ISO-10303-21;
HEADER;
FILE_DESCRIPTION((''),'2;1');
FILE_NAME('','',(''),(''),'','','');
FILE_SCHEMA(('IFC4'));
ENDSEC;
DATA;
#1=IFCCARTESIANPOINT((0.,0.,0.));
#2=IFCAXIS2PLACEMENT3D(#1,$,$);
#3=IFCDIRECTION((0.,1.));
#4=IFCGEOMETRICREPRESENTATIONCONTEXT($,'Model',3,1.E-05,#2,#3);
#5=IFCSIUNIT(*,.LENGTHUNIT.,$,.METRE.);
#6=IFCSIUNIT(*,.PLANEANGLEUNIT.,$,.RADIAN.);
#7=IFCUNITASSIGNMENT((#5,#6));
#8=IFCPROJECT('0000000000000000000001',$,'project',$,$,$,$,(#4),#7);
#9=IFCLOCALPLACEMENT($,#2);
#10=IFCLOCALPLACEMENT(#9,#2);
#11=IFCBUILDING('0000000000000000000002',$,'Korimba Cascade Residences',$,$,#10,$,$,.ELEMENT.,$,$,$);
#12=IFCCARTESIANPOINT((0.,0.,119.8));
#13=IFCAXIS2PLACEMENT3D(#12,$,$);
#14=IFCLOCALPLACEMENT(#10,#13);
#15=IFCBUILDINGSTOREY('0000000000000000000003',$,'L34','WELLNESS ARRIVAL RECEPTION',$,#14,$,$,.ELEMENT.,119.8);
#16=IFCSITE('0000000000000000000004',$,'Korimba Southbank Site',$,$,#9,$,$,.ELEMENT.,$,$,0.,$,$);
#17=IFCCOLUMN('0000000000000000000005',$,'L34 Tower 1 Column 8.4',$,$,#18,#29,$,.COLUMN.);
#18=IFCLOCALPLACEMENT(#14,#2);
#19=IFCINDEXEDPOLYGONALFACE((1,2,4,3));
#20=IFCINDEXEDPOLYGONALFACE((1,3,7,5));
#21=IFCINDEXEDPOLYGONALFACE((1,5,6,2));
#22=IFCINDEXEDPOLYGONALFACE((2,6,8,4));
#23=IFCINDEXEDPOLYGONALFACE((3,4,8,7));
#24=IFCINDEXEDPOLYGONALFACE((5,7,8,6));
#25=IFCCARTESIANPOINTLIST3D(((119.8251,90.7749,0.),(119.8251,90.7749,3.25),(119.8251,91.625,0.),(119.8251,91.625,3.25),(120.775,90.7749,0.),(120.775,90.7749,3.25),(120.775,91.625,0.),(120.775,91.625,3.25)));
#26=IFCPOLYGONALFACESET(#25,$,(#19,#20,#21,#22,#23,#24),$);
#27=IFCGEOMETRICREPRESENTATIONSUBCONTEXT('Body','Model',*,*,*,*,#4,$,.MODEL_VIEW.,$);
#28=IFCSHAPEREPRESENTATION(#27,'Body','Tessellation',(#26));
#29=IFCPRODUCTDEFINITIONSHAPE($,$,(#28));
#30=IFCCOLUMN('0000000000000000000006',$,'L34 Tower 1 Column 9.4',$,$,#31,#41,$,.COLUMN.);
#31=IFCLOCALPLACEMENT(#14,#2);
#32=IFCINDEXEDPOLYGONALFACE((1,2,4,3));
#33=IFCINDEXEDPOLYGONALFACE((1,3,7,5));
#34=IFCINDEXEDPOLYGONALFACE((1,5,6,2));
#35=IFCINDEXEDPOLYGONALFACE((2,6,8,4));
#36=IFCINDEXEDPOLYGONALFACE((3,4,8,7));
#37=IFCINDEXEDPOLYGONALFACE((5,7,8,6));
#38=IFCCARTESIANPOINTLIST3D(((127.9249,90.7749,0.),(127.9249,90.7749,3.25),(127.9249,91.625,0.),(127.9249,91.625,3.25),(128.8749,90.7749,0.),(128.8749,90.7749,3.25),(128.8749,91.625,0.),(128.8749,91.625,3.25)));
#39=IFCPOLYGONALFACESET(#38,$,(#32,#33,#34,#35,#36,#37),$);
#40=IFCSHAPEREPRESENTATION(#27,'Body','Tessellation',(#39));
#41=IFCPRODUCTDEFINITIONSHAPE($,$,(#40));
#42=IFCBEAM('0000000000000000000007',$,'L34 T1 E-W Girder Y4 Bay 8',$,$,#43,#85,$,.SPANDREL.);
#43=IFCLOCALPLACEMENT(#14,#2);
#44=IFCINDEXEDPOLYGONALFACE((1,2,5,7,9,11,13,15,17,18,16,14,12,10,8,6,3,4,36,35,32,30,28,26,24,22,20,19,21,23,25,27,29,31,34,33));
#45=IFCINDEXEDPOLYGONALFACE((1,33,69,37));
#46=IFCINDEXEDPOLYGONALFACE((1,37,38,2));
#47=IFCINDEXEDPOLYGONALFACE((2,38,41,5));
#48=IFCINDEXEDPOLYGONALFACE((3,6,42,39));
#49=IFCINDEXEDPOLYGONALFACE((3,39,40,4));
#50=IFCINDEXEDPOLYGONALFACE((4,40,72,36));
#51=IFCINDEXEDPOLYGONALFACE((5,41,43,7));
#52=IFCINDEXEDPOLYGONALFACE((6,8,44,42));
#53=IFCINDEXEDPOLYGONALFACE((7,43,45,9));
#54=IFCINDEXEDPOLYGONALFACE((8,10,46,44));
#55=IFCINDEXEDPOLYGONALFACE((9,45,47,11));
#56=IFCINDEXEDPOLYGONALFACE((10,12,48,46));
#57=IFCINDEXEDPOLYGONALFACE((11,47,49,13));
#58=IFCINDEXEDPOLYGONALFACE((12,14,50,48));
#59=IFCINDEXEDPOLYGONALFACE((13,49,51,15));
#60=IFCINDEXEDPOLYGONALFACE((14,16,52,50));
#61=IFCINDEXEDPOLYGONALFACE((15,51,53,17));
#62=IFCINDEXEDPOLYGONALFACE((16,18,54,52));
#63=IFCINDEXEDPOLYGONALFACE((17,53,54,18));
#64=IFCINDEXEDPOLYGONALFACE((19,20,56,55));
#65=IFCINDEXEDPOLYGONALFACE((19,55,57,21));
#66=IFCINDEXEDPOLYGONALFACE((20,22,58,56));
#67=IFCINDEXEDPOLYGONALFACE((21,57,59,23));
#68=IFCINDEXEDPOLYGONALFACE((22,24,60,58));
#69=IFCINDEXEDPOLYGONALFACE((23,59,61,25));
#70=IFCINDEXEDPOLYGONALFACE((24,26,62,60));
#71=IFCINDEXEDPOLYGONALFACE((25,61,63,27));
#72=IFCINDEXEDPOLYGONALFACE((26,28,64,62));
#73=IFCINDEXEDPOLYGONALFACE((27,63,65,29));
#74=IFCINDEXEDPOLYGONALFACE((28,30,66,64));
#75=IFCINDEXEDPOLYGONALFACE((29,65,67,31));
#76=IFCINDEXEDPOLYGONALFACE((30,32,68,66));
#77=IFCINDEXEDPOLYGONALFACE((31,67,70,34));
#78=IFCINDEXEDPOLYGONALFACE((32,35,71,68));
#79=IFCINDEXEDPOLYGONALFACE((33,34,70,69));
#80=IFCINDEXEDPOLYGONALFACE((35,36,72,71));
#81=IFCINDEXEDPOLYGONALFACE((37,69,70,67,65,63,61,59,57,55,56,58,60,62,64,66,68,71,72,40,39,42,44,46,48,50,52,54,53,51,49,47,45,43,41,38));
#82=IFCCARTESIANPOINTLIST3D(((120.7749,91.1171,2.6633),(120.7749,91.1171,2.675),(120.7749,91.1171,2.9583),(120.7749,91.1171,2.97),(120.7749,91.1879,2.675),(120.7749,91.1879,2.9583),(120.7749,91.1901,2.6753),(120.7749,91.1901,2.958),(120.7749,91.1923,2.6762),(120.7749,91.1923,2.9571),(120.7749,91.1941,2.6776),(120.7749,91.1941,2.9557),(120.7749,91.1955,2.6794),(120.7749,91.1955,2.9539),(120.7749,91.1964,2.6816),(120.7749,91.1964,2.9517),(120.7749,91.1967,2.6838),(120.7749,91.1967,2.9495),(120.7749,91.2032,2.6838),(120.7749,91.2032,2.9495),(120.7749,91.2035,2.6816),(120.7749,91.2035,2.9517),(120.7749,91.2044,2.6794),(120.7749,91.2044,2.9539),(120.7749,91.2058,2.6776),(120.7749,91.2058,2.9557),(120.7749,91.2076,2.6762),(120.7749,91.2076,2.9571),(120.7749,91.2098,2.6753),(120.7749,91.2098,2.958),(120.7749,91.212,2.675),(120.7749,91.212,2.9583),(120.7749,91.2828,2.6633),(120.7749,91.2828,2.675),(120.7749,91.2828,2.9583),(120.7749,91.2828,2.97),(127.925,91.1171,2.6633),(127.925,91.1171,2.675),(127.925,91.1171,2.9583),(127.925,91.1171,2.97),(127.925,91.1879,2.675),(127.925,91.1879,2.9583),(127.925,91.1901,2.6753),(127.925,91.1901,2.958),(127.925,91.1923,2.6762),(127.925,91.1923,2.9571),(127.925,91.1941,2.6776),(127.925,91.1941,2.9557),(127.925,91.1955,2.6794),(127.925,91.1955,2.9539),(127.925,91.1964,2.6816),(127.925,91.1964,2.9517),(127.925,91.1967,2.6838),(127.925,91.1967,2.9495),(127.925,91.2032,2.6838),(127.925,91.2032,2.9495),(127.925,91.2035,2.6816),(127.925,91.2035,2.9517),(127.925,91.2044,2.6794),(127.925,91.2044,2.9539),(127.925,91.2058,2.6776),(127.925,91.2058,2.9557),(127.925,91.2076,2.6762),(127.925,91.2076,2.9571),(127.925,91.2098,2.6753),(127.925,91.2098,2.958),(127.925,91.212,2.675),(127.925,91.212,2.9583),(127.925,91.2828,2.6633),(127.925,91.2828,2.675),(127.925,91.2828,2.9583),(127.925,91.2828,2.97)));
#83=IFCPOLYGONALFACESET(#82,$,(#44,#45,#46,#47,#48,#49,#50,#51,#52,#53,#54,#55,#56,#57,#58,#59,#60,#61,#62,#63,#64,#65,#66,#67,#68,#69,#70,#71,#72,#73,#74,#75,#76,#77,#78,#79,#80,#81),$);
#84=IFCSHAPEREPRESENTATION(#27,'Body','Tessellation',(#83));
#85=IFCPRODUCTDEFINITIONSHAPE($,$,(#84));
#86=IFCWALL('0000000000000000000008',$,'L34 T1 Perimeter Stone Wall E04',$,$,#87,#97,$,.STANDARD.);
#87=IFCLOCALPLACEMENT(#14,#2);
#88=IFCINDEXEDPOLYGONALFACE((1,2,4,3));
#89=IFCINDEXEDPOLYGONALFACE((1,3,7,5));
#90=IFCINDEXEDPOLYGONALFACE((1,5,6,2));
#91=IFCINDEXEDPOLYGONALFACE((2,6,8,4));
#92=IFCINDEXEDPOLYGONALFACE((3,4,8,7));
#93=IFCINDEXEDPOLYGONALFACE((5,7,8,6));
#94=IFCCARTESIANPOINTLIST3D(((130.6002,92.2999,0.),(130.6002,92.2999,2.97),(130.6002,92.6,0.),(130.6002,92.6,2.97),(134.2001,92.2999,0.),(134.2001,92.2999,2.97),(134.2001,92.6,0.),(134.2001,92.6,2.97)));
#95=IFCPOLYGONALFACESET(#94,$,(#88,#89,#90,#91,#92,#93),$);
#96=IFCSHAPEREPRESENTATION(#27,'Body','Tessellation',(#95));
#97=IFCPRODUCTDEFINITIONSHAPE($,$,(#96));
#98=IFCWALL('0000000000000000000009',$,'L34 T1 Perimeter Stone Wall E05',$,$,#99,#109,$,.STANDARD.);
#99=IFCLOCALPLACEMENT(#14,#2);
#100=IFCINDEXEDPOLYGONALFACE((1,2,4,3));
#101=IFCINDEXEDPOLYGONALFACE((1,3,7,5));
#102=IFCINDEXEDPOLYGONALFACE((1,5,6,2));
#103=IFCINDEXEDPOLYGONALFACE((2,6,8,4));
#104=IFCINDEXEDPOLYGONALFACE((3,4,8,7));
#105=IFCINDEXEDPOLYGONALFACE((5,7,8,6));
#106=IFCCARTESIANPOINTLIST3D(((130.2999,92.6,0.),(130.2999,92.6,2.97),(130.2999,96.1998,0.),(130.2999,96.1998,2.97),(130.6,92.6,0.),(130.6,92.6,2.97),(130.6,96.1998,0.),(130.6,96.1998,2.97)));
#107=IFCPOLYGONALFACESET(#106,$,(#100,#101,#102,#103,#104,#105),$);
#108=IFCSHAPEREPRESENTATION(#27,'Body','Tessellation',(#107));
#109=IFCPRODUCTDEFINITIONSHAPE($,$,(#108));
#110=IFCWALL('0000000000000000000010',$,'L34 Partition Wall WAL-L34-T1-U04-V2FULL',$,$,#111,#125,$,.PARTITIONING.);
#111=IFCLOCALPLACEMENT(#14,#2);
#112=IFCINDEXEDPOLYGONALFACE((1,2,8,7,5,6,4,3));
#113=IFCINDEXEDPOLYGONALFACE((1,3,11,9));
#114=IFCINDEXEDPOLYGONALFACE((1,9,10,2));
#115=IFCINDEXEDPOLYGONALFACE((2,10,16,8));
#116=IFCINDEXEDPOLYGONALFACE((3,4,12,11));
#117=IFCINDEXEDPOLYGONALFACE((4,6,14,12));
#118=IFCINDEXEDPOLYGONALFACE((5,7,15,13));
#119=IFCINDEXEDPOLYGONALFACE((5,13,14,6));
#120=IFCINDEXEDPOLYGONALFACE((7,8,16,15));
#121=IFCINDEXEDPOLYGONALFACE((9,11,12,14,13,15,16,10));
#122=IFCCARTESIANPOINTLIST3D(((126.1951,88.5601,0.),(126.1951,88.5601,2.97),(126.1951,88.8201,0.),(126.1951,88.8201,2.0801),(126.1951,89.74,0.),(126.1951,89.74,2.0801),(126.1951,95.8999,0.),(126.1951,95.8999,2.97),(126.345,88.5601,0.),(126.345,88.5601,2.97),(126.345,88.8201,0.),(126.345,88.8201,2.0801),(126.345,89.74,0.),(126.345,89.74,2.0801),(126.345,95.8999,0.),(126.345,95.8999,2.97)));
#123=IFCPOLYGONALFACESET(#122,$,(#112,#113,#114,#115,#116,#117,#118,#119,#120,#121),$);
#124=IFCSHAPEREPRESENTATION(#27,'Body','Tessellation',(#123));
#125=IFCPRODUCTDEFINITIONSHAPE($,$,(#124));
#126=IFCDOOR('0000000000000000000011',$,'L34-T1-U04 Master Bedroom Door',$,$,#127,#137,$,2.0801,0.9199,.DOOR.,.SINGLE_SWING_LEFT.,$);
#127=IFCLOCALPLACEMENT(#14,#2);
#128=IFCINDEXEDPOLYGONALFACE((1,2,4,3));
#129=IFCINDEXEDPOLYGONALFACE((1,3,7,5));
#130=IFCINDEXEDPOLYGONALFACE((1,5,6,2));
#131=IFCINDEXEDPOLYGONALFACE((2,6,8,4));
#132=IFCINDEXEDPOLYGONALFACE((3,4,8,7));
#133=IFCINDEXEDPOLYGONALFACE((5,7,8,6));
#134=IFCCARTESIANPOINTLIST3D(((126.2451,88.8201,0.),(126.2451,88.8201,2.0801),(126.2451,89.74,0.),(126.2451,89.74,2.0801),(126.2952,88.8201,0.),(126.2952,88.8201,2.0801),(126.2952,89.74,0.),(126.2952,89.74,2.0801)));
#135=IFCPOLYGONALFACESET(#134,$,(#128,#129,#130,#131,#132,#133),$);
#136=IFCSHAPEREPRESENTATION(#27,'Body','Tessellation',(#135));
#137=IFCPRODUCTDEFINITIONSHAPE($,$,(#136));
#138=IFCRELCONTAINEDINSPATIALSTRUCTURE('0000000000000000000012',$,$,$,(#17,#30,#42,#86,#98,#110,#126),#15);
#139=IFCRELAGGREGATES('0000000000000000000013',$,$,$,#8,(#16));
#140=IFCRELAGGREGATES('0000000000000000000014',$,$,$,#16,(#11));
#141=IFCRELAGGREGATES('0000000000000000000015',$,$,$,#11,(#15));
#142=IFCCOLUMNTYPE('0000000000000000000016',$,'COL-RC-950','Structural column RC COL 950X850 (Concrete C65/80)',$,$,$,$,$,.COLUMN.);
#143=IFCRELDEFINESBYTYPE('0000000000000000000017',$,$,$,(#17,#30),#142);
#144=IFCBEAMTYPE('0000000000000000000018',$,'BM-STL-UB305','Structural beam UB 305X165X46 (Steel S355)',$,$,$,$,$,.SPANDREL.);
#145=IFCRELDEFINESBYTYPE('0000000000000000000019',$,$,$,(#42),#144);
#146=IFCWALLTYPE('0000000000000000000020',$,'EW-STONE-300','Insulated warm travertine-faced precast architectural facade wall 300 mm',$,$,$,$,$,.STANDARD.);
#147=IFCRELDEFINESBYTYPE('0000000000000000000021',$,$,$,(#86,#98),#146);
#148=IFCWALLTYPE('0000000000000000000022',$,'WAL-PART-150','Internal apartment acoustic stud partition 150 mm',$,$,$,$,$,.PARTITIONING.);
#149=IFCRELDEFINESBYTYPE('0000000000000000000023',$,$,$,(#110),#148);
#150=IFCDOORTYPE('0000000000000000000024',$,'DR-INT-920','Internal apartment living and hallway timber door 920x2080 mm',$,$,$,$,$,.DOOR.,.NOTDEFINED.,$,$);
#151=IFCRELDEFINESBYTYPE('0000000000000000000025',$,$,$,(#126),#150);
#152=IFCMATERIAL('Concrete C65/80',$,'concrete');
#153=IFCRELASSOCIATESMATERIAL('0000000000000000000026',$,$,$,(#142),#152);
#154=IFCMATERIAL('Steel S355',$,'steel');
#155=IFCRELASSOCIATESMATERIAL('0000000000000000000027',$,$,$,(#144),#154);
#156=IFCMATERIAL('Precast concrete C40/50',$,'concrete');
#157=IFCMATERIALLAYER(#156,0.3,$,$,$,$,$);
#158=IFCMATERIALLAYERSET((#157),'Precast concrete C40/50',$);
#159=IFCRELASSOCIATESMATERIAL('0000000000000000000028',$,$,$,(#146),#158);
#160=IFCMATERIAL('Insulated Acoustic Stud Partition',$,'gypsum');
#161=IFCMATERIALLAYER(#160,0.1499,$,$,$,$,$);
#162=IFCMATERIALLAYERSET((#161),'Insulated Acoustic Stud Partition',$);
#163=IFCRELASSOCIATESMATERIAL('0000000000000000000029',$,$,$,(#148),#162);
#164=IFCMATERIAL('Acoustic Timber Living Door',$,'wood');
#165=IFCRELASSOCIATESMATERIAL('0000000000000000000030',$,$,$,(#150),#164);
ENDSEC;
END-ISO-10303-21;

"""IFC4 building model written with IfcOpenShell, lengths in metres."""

from ifc_helpers import new_model, si_unit, direction, frame, frame_2d, origin, origin_2d, place, context, subcontext, project, spatial, rectangle, i_section, extrude, material, layer, layer_set, material_profile, profile_set, type_object, element, fill, save


model = new_model("IFC4")

# Units and contexts
model_context = context("Model", 3, precision=1e-05, world=origin(), true_north=direction((0.0, 1.0)))
body_context = subcontext(model_context, "Body", "Model", "MODEL_VIEW")
ifc_project = project(units=[si_unit("LENGTHUNIT", "METRE"), si_unit("PLANEANGLEUNIT", "RADIAN")], contexts=[model_context])

# Site, building, storey
site_placement = place(None, origin())
site = spatial("IfcSite", under=ifc_project, at=site_placement, Name="Korimba Southbank Site", CompositionType="ELEMENT", RefElevation=0.0)
building_placement = place(site_placement, origin())
building = spatial("IfcBuilding", under=site, at=building_placement, Name="Korimba Cascade Residences", CompositionType="ELEMENT")
storey_placement = place(building_placement, frame((0.0, 0.0, 119.8)))
storey = spatial("IfcBuildingStorey", under=building, at=storey_placement, Name="L34", Description="WELLNESS ARRIVAL RECEPTION", CompositionType="ELEMENT", Elevation=119.8)

# Columns
ifc_material_1 = material(Name="Concrete C65/80", Category="concrete")
ifc_material_profile_1 = material_profile(ifc_material_1, rectangle(XDim=0.95, YDim=0.8501, at=origin_2d()), Name="Concrete C65/80")
ifc_profile_set_1 = profile_set([ifc_material_profile_1], Name="Concrete C65/80")
column_type = type_object("IfcColumnType", Name="COL-RC-950", Description="Structural column RC COL 950X850 (Concrete C65/80)", PredefinedType="COLUMN", material=ifc_profile_set_1)
for number, where, z_axis, x_axis, name in (
    (1, (120.3, 91.2, 0.0), (0.0, 0.0, 1.0), (1.0, 0.0, 0.0), "L34 Tower 1 Column 8.4"),
    (2, (128.3999, 91.2, 0.0), (0.0, 0.0, 1.0), (1.0, 0.0, 0.0), "L34 Tower 1 Column 9.4"),
):
    element("IfcColumn", number, at=place(storey_placement, frame(where, z_axis=z_axis, x_axis=x_axis)), inside=storey, type_object=column_type, Name=name, PredefinedType="COLUMN", context=body_context, shape_type="SweptSolid", body=[
        extrude(rectangle(XDim=0.95, YDim=0.8501, at=origin_2d()), origin(), (0.0, 0.0, 1.0), 3.25),
    ])

# Beam
ifc_material_2 = material(Name="Steel S355", Category="steel")
ifc_material_profile_2 = material_profile(ifc_material_2, i_section(OverallWidth=0.1658, OverallDepth=0.3066, WebThickness=0.0066, FlangeThickness=0.0117, FilletRadius=0.0088, at=origin_2d()), Name="Steel S355")
ifc_profile_set_2 = profile_set([ifc_material_profile_2], Name="Steel S355")
beam_type = type_object("IfcBeamType", Name="BM-STL-UB305", Description="Structural beam UB 305X165X46 (Steel S355)", PredefinedType="SPANDREL", material=ifc_profile_set_2)
beam_placement = place(storey_placement, frame((120.7749, 91.2, 2.8167), z_axis=(1.0, 0.0, 0.0), x_axis=(0.0, 1.0, 0.0)))
element("IfcBeam", 3, at=beam_placement, inside=storey, type_object=beam_type, Name="L34 T1 E-W Girder Y4 Bay 8", PredefinedType="SPANDREL", context=body_context, shape_type="SweptSolid", body=[
    extrude(i_section(OverallWidth=0.1658, OverallDepth=0.3066, WebThickness=0.0066, FlangeThickness=0.0117, FilletRadius=0.0088, at=origin_2d()), origin(), (0.0, 0.0, 1.0), 7.1501),
])

# Shared definitions
ifc_material_3 = material(Name="Precast concrete C40/50", Category="concrete")

# Walls
ifc_layer_1 = layer(ifc_material_3, 0.3)
ifc_layer_set_1 = layer_set([ifc_layer_1], Name="Precast concrete C40/50")
wall_type_1 = type_object("IfcWallType", Name="EW-STONE-300", Description="Insulated warm travertine-faced precast architectural facade wall 300 mm", PredefinedType="STANDARD", material=ifc_layer_set_1)
for number, where, z_axis, x_axis, name in (
    (4, (134.2, 92.45, 0.0), (0.0, 0.0, 1.0), (-1.0, 0.0, 0.0), "L34 T1 Perimeter Stone Wall E04"),
    (5, (130.45, 92.6001, 0.0), (0.0, 0.0, 1.0), (0.0, 1.0, 0.0), "L34 T1 Perimeter Stone Wall E05"),
):
    element("IfcWall", number, at=place(storey_placement, frame(where, z_axis=z_axis, x_axis=x_axis)), inside=storey, type_object=wall_type_1, Name=name, PredefinedType="STANDARD", context=body_context, shape_type="SweptSolid", body=[
        extrude(rectangle(XDim=3.5999, YDim=0.3, at=frame_2d((1.7998, 0.0))), origin(), (0.0, 0.0, 1.0), 2.97),
    ])

# Wall, opening, door
ifc_material_4 = material(Name="Insulated Acoustic Stud Partition", Category="gypsum")
ifc_layer_2 = layer(ifc_material_4, 0.1499)
ifc_layer_set_2 = layer_set([ifc_layer_2], Name="Insulated Acoustic Stud Partition")
wall_type_2 = type_object("IfcWallType", Name="WAL-PART-150", Description="Internal apartment acoustic stud partition 150 mm", PredefinedType="PARTITIONING", material=ifc_layer_set_2)
wall_1_placement = place(storey_placement, frame((126.27, 88.5601, 0.0), z_axis=(0.0, 0.0, 1.0), x_axis=(0.0, 1.0, 0.0)))
wall_1 = element("IfcWall", 6, at=wall_1_placement, inside=storey, type_object=wall_type_2, Name="L34 Partition Wall WAL-L34-T1-U04-V2FULL", PredefinedType="PARTITIONING", context=body_context, shape_type="SweptSolid", body=[
    extrude(rectangle(XDim=7.3398, YDim=0.1499, at=frame_2d((3.6699, 0.0))), origin(), (0.0, 0.0, 1.0), 2.97),
])
opening_1_placement = place(wall_1_placement, frame((0.26, 0.0, 0.0)))
opening_1 = element("IfcOpeningElement", 7, at=opening_1_placement, cuts=wall_1, PredefinedType="OPENING", context=body_context, shape_type="SweptSolid", body=[
    extrude(rectangle(XDim=0.9199, YDim=2.0801, at=frame_2d((0.46, 1.04))), frame((0.0, 0.085, 0.0), z_axis=(0.0, -1.0, 0.0), x_axis=(1.0, 0.0, 0.0)), (0.0, 0.0, 1.0), 0.1699),
])
ifc_material_5 = material(Name="Acoustic Timber Living Door", Category="wood")
door_type_1 = type_object("IfcDoorType", Name="DR-INT-920", Description="Internal apartment living and hallway timber door 920x2080 mm", OperationType="NOTDEFINED", PredefinedType="DOOR", material=ifc_material_5)
door_1_placement = place(opening_1_placement, origin())
door_1 = element("IfcDoor", 8, at=door_1_placement, inside=storey, type_object=door_type_1, Name="L34-T1-U04 Master Bedroom Door", OperationType="SINGLE_SWING_LEFT", OverallHeight=2.0801, OverallWidth=0.9199, PredefinedType="DOOR", context=body_context, shape_type="SweptSolid", body=[
    extrude(rectangle(XDim=0.9199, YDim=2.0801, at=frame_2d((0.46, 1.04))), frame((0.0, 0.0249, 0.0), z_axis=(0.0, -1.0, 0.0), x_axis=(1.0, 0.0, 0.0)), (0.0, 0.0, 1.0), 0.05),
])
fill(opening_1, door_1)

save(model, "model.ifc")
